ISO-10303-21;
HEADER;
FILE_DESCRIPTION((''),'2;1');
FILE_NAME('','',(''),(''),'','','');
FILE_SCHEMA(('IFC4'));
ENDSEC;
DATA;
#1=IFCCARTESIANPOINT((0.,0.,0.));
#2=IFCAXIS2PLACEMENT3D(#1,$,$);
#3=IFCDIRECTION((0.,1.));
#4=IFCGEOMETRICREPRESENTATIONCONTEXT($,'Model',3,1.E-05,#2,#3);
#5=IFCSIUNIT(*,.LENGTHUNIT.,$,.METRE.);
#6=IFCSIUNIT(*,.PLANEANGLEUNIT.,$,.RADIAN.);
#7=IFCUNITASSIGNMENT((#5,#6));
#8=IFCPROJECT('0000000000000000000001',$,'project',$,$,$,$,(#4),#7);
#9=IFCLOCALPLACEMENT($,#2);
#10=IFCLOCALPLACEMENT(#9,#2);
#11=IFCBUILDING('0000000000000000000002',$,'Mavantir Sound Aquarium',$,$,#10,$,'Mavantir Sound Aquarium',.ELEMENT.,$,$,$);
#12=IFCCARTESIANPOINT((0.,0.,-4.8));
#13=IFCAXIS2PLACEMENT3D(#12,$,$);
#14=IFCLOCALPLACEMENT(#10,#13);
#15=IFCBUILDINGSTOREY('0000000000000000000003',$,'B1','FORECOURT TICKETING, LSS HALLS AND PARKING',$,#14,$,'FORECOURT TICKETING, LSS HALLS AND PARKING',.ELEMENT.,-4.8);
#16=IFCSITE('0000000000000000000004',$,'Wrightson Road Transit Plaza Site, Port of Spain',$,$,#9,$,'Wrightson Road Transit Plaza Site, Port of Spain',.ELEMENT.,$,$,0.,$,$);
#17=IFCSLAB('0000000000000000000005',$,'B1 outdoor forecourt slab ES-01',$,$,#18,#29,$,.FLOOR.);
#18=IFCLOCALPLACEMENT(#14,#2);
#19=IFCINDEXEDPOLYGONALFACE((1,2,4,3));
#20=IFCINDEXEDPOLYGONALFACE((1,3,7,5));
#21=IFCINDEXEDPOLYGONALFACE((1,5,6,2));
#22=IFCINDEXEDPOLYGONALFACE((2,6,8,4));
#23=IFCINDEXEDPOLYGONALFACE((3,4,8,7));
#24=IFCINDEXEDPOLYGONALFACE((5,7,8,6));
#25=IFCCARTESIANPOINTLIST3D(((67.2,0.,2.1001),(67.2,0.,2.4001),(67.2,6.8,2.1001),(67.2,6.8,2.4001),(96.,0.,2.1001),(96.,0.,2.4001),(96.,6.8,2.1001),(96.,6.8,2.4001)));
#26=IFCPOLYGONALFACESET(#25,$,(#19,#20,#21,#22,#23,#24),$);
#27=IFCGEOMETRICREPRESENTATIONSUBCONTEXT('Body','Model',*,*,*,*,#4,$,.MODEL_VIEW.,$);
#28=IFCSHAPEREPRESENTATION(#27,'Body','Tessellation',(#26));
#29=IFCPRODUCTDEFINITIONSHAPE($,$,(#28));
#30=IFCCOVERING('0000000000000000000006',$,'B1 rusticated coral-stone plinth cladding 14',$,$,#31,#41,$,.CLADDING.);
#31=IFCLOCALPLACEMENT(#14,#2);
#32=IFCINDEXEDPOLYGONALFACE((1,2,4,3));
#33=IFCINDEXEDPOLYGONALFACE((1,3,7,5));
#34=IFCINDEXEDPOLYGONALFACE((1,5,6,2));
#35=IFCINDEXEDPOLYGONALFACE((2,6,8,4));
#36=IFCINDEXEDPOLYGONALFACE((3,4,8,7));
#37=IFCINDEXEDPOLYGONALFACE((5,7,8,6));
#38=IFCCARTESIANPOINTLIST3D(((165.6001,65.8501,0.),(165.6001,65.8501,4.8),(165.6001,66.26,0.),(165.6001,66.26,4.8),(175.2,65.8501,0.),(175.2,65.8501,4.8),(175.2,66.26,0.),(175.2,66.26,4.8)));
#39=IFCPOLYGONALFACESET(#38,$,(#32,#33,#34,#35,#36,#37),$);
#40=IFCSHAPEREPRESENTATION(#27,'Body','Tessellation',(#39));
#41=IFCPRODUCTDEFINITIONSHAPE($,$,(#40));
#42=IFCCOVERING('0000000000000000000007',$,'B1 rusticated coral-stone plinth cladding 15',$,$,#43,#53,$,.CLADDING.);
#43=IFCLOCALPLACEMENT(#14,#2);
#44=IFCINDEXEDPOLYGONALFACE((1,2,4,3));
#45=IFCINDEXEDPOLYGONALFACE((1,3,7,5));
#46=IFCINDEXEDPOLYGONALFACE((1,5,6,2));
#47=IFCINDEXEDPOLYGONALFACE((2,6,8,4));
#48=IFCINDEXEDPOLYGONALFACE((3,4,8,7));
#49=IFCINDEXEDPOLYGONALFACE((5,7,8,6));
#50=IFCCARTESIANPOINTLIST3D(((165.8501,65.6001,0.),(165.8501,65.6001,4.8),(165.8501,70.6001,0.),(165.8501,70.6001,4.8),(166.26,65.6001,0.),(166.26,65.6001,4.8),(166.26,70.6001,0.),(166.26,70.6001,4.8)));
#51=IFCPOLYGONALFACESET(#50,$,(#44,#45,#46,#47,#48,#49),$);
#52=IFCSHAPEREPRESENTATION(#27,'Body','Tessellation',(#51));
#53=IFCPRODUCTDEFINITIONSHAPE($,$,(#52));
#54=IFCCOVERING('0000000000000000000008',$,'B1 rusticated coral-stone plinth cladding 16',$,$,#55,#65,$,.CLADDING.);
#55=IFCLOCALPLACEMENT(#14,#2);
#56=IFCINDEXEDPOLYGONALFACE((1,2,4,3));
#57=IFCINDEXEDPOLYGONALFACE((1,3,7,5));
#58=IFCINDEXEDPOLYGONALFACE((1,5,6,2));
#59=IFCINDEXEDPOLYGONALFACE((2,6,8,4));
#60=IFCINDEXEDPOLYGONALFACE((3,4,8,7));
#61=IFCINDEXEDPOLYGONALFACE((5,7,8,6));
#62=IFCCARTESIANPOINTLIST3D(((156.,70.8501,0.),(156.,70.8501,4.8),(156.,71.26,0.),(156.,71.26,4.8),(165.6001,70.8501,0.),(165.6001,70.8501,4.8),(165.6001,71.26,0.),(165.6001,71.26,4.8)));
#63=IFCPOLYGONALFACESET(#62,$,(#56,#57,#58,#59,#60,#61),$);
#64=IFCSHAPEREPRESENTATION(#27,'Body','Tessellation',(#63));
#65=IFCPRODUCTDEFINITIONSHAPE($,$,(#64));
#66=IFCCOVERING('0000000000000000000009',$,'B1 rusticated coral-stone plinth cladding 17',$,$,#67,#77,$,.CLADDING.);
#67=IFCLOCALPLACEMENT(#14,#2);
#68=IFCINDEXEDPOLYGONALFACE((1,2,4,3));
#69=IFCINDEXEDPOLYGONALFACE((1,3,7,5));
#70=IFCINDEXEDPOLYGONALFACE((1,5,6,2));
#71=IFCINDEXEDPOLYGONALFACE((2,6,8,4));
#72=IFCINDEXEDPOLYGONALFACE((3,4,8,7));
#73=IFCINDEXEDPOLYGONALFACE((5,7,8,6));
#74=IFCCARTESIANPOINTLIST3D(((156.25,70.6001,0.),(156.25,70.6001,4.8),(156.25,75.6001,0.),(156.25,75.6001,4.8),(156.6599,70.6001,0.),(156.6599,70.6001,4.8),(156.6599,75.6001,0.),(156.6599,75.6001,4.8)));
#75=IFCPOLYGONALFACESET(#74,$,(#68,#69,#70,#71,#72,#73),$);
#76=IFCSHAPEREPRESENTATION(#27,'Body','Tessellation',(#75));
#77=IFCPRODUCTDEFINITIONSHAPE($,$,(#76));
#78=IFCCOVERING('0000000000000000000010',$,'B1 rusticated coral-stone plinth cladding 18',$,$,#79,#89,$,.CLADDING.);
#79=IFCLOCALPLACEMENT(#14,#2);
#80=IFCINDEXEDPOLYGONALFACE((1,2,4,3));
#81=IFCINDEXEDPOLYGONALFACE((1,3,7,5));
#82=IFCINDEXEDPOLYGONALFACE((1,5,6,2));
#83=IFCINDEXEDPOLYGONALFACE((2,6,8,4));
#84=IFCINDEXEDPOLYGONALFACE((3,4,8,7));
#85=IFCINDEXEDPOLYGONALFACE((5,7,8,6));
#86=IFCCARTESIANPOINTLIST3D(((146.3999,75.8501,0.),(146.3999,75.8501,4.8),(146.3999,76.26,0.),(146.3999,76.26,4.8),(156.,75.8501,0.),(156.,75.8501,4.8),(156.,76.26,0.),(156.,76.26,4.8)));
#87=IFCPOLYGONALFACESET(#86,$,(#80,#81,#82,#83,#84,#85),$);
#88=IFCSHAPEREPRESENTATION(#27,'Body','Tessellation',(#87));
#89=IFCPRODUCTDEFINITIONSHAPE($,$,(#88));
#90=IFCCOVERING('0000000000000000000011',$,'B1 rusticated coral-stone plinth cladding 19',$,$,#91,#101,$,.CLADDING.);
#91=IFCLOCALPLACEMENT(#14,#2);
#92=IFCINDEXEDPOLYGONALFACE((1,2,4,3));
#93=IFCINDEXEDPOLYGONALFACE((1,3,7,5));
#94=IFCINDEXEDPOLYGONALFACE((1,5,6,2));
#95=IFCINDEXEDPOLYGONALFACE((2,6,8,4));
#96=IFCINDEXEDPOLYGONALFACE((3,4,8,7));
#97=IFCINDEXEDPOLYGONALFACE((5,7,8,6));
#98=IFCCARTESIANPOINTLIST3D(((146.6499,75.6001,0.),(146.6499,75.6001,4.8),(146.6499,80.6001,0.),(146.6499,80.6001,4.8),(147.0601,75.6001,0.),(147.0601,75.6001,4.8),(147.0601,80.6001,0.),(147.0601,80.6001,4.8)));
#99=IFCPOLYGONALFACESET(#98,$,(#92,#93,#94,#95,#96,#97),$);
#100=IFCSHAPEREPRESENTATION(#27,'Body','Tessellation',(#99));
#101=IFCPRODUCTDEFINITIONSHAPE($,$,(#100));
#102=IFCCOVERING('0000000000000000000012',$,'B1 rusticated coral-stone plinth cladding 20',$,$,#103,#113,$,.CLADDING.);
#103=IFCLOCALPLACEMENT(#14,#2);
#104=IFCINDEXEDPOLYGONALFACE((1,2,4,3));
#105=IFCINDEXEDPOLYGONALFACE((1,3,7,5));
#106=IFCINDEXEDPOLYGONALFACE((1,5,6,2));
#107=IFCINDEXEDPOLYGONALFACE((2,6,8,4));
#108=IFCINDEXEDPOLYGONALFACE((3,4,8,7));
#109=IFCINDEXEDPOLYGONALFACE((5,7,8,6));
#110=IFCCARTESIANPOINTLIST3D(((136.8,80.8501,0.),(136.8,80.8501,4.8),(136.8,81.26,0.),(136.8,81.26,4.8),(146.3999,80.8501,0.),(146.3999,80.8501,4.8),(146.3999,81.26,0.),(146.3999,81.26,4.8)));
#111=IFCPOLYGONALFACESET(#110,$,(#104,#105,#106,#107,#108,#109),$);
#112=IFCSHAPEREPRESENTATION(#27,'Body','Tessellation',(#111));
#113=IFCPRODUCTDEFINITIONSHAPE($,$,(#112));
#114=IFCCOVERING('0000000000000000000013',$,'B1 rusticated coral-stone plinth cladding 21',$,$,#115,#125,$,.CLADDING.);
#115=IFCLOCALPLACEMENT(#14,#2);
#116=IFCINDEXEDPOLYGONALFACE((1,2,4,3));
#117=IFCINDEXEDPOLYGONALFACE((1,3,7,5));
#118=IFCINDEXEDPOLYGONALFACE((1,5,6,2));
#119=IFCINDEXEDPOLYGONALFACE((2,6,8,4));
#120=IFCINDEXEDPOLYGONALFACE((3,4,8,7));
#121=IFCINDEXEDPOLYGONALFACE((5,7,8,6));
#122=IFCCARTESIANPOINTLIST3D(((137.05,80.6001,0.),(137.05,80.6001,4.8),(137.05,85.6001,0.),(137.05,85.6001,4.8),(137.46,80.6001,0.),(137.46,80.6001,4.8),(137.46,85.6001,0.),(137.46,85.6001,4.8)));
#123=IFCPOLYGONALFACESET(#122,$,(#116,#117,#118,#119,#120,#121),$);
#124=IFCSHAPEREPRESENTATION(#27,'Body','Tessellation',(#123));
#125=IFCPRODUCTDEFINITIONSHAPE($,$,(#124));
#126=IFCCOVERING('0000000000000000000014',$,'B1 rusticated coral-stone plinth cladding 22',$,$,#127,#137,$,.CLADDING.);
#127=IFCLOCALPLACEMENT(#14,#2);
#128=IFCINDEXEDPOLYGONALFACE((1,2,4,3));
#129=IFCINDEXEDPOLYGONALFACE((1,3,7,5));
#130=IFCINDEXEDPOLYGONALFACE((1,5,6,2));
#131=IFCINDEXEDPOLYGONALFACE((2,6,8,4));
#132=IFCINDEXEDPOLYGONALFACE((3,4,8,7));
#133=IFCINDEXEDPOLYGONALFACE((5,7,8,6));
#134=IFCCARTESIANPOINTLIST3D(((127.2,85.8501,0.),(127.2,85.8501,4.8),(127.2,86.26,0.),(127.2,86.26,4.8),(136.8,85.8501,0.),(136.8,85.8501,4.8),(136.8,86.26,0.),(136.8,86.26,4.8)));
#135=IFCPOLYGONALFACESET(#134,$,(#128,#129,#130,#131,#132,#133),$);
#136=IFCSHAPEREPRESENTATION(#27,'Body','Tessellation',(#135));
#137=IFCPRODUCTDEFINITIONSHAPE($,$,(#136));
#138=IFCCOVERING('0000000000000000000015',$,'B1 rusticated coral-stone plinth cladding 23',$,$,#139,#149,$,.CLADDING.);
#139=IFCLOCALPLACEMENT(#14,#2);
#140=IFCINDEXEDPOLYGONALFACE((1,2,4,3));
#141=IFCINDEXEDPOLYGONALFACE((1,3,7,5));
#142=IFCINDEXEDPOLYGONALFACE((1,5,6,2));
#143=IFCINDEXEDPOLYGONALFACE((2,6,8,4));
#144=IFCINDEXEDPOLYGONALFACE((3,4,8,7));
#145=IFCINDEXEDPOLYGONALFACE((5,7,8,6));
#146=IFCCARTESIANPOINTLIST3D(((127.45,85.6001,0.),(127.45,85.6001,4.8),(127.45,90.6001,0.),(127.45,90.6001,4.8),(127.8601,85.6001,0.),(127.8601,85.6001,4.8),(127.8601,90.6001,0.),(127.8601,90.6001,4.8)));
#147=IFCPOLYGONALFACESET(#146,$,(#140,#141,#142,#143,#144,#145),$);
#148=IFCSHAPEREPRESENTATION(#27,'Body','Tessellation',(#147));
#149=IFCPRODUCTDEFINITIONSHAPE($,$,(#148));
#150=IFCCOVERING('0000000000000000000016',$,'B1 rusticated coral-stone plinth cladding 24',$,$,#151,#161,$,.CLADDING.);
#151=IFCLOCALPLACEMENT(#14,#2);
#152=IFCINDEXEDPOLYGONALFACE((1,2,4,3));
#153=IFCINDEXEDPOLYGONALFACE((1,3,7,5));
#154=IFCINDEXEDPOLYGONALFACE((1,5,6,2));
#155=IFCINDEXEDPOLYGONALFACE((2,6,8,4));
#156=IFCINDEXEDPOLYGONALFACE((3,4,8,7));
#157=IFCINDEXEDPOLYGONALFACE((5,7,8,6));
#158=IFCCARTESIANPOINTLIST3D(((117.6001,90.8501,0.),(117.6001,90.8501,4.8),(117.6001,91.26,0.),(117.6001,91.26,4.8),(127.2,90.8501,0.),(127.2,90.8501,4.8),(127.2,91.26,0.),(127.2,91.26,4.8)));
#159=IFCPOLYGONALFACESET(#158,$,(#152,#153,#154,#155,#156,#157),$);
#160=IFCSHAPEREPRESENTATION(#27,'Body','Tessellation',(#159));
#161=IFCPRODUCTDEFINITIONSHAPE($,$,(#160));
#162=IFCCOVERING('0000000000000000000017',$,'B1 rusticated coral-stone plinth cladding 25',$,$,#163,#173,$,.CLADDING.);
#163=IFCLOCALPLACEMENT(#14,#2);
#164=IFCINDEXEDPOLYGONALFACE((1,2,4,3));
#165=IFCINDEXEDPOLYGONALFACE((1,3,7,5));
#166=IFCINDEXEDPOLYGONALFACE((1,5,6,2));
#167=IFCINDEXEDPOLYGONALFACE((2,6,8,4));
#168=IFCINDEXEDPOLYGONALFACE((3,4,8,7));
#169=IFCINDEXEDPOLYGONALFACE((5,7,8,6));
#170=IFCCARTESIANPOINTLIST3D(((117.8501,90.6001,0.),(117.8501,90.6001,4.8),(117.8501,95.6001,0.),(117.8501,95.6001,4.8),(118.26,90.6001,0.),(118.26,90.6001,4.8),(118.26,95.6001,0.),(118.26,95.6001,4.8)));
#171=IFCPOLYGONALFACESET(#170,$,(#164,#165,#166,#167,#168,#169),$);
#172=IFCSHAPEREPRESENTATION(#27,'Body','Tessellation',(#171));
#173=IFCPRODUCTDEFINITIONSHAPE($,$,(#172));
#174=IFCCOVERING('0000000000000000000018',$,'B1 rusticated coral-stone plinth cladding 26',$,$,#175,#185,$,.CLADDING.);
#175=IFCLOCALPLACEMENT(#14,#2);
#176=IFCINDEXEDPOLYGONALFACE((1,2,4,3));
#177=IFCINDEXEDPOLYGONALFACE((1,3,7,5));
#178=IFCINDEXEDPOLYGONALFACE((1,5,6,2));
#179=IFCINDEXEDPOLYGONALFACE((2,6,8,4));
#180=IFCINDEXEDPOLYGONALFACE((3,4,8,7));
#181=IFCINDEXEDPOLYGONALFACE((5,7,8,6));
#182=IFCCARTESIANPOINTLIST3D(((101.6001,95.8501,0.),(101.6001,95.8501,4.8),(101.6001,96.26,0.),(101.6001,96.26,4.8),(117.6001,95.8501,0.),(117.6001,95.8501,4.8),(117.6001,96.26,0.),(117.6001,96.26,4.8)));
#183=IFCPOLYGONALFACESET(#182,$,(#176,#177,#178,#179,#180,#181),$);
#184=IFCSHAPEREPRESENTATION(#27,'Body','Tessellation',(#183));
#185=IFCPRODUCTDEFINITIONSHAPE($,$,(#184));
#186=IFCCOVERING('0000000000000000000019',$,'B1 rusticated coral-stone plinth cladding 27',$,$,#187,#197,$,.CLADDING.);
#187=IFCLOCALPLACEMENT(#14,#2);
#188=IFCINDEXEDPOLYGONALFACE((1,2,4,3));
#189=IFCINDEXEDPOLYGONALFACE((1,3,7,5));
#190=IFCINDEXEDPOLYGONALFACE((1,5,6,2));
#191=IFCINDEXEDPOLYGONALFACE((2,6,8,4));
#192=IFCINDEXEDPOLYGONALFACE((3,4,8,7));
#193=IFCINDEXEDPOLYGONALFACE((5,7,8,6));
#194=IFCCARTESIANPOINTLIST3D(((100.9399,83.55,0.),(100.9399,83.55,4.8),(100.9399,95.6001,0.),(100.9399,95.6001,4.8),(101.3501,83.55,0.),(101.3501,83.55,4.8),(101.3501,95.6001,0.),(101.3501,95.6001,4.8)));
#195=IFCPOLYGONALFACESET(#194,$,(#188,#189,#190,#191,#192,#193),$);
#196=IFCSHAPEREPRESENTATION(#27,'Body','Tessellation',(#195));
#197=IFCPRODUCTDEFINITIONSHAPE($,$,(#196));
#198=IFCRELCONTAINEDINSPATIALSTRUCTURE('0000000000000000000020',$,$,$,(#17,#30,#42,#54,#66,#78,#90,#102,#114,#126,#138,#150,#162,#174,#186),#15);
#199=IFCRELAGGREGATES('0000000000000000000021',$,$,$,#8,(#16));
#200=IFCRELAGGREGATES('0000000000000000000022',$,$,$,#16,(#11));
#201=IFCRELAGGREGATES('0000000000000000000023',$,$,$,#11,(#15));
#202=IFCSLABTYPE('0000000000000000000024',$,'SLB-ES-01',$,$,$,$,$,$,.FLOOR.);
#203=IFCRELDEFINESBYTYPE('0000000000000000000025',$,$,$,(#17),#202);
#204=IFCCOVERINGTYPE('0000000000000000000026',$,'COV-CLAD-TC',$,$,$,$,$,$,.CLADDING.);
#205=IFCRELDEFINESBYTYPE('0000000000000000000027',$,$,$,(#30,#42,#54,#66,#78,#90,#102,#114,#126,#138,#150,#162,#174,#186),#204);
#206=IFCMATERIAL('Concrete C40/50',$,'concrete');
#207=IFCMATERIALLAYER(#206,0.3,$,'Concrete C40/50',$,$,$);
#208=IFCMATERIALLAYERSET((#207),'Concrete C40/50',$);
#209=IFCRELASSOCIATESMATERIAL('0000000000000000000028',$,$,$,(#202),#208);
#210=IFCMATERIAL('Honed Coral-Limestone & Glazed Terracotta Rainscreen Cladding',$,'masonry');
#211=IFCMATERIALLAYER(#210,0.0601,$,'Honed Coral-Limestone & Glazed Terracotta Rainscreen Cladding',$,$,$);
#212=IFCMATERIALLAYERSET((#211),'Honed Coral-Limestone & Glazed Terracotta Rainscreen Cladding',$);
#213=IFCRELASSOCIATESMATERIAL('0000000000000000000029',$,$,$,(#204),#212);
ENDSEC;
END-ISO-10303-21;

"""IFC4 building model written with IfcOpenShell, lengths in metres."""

from ifc_helpers import new_model, si_unit, direction, frame, origin, place, context, subcontext, project, spatial, polyline, outline, extrude, material, layer, layer_set, type_object, element, save


model = new_model("IFC4")

# Units and contexts
model_context = context("Model", 3, precision=1e-05, world=origin(), true_north=direction((0.0, 1.0)))
body_context = subcontext(model_context, "Body", "Model", "MODEL_VIEW")
ifc_project = project(units=[si_unit("LENGTHUNIT", "METRE"), si_unit("PLANEANGLEUNIT", "RADIAN")], contexts=[model_context])

# Site, building, storey
site_placement = place(None, origin())
site = spatial("IfcSite", under=ifc_project, at=site_placement, Name="Wrightson Road Transit Plaza Site, Port of Spain", LongName="Wrightson Road Transit Plaza Site, Port of Spain", CompositionType="ELEMENT", RefElevation=0.0)
building_placement = place(site_placement, origin())
building = spatial("IfcBuilding", under=site, at=building_placement, Name="Mavantir Sound Aquarium", LongName="Mavantir Sound Aquarium", CompositionType="ELEMENT")
storey_placement = place(building_placement, frame((0.0, 0.0, -4.8)))
storey = spatial("IfcBuildingStorey", under=building, at=storey_placement, Name="B1", Description="FORECOURT TICKETING, LSS HALLS AND PARKING", LongName="FORECOURT TICKETING, LSS HALLS AND PARKING", CompositionType="ELEMENT", Elevation=-4.8)

# Slab
ifc_material_1 = material(Name="Concrete C40/50", Category="concrete")
ifc_layer_1 = layer(ifc_material_1, 0.3, Name="Concrete C40/50")
ifc_layer_set_1 = layer_set([ifc_layer_1], Name="Concrete C40/50")
slab_type = type_object("IfcSlabType", Name="SLB-ES-01", PredefinedType="FLOOR", material=ifc_layer_set_1)
slab_placement = place(storey_placement, frame((0.0, 0.0, 2.1001)))
element("IfcSlab", 1, at=slab_placement, inside=storey, type_object=slab_type, Name="B1 outdoor forecourt slab ES-01", PredefinedType="FLOOR", context=body_context, shape_type="SweptSolid", body=[
    extrude(outline(polyline([(67.2, 0.0), (96.0, 0.0), (96.0, 6.8), (67.2, 6.8), (67.2, 0.0)])), origin(), (0.0, 0.0, 1.0), 0.3),
])

# Coverings
ifc_material_2 = material(Name="Honed Coral-Limestone & Glazed Terracotta Rainscreen Cladding", Category="masonry")
ifc_layer_2 = layer(ifc_material_2, 0.0601, Name="Honed Coral-Limestone & Glazed Terracotta Rainscreen Cladding")
ifc_layer_set_2 = layer_set([ifc_layer_2], Name="Honed Coral-Limestone & Glazed Terracotta Rainscreen Cladding")
covering_type = type_object("IfcCoveringType", Name="COV-CLAD-TC", PredefinedType="CLADDING", material=ifc_layer_set_2)
covering_1_placement = place(storey_placement, origin())
element("IfcCovering", 2, at=covering_1_placement, inside=storey, type_object=covering_type, Name="B1 rusticated coral-stone plinth cladding 14", PredefinedType="CLADDING", context=body_context, shape_type="SweptSolid", body=[
    extrude(outline(polyline([(175.2, 65.8501), (165.6001, 65.8501), (165.6001, 66.26), (175.2, 66.26), (175.2, 65.8501)])), origin(), (0.0, 0.0, 1.0), 4.8),
])
covering_2_placement = place(storey_placement, origin())
element("IfcCovering", 3, at=covering_2_placement, inside=storey, type_object=covering_type, Name="B1 rusticated coral-stone plinth cladding 15", PredefinedType="CLADDING", context=body_context, shape_type="SweptSolid", body=[
    extrude(outline(polyline([(165.8501, 65.6001), (165.8501, 70.6001), (166.26, 70.6001), (166.26, 65.6001), (165.8501, 65.6001)])), origin(), (0.0, 0.0, 1.0), 4.8),
])
covering_3_placement = place(storey_placement, origin())
element("IfcCovering", 4, at=covering_3_placement, inside=storey, type_object=covering_type, Name="B1 rusticated coral-stone plinth cladding 16", PredefinedType="CLADDING", context=body_context, shape_type="SweptSolid", body=[
    extrude(outline(polyline([(165.6001, 70.8501), (156.0, 70.8501), (156.0, 71.26), (165.6001, 71.26), (165.6001, 70.8501)])), origin(), (0.0, 0.0, 1.0), 4.8),
])
covering_4_placement = place(storey_placement, origin())
element("IfcCovering", 5, at=covering_4_placement, inside=storey, type_object=covering_type, Name="B1 rusticated coral-stone plinth cladding 17", PredefinedType="CLADDING", context=body_context, shape_type="SweptSolid", body=[
    extrude(outline(polyline([(156.25, 70.6001), (156.25, 75.6001), (156.6599, 75.6001), (156.6599, 70.6001), (156.25, 70.6001)])), origin(), (0.0, 0.0, 1.0), 4.8),
])
covering_5_placement = place(storey_placement, origin())
element("IfcCovering", 6, at=covering_5_placement, inside=storey, type_object=covering_type, Name="B1 rusticated coral-stone plinth cladding 18", PredefinedType="CLADDING", context=body_context, shape_type="SweptSolid", body=[
    extrude(outline(polyline([(156.0, 75.8501), (146.3999, 75.8501), (146.3999, 76.26), (156.0, 76.26), (156.0, 75.8501)])), origin(), (0.0, 0.0, 1.0), 4.8),
])
covering_6_placement = place(storey_placement, origin())
element("IfcCovering", 7, at=covering_6_placement, inside=storey, type_object=covering_type, Name="B1 rusticated coral-stone plinth cladding 19", PredefinedType="CLADDING", context=body_context, shape_type="SweptSolid", body=[
    extrude(outline(polyline([(146.6499, 75.6001), (146.6499, 80.6001), (147.0601, 80.6001), (147.0601, 75.6001), (146.6499, 75.6001)])), origin(), (0.0, 0.0, 1.0), 4.8),
])
covering_7_placement = place(storey_placement, origin())
element("IfcCovering", 8, at=covering_7_placement, inside=storey, type_object=covering_type, Name="B1 rusticated coral-stone plinth cladding 20", PredefinedType="CLADDING", context=body_context, shape_type="SweptSolid", body=[
    extrude(outline(polyline([(146.3999, 80.8501), (136.8, 80.8501), (136.8, 81.26), (146.3999, 81.26), (146.3999, 80.8501)])), origin(), (0.0, 0.0, 1.0), 4.8),
])
covering_8_placement = place(storey_placement, origin())
element("IfcCovering", 9, at=covering_8_placement, inside=storey, type_object=covering_type, Name="B1 rusticated coral-stone plinth cladding 21", PredefinedType="CLADDING", context=body_context, shape_type="SweptSolid", body=[
    extrude(outline(polyline([(137.05, 80.6001), (137.05, 85.6001), (137.46, 85.6001), (137.46, 80.6001), (137.05, 80.6001)])), origin(), (0.0, 0.0, 1.0), 4.8),
])
covering_9_placement = place(storey_placement, origin())
element("IfcCovering", 10, at=covering_9_placement, inside=storey, type_object=covering_type, Name="B1 rusticated coral-stone plinth cladding 22", PredefinedType="CLADDING", context=body_context, shape_type="SweptSolid", body=[
    extrude(outline(polyline([(136.8, 85.8501), (127.2, 85.8501), (127.2, 86.26), (136.8, 86.26), (136.8, 85.8501)])), origin(), (0.0, 0.0, 1.0), 4.8),
])
covering_10_placement = place(storey_placement, origin())
element("IfcCovering", 11, at=covering_10_placement, inside=storey, type_object=covering_type, Name="B1 rusticated coral-stone plinth cladding 23", PredefinedType="CLADDING", context=body_context, shape_type="SweptSolid", body=[
    extrude(outline(polyline([(127.45, 85.6001), (127.45, 90.6001), (127.8601, 90.6001), (127.8601, 85.6001), (127.45, 85.6001)])), origin(), (0.0, 0.0, 1.0), 4.8),
])
covering_11_placement = place(storey_placement, origin())
element("IfcCovering", 12, at=covering_11_placement, inside=storey, type_object=covering_type, Name="B1 rusticated coral-stone plinth cladding 24", PredefinedType="CLADDING", context=body_context, shape_type="SweptSolid", body=[
    extrude(outline(polyline([(127.2, 90.8501), (117.6001, 90.8501), (117.6001, 91.26), (127.2, 91.26), (127.2, 90.8501)])), origin(), (0.0, 0.0, 1.0), 4.8),
])
covering_12_placement = place(storey_placement, origin())
element("IfcCovering", 13, at=covering_12_placement, inside=storey, type_object=covering_type, Name="B1 rusticated coral-stone plinth cladding 25", PredefinedType="CLADDING", context=body_context, shape_type="SweptSolid", body=[
    extrude(outline(polyline([(117.8501, 90.6001), (117.8501, 95.6001), (118.26, 95.6001), (118.26, 90.6001), (117.8501, 90.6001)])), origin(), (0.0, 0.0, 1.0), 4.8),
])
covering_13_placement = place(storey_placement, origin())
element("IfcCovering", 14, at=covering_13_placement, inside=storey, type_object=covering_type, Name="B1 rusticated coral-stone plinth cladding 26", PredefinedType="CLADDING", context=body_context, shape_type="SweptSolid", body=[
    extrude(outline(polyline([(117.6001, 95.8501), (101.6001, 95.8501), (101.6001, 96.26), (117.6001, 96.26), (117.6001, 95.8501)])), origin(), (0.0, 0.0, 1.0), 4.8),
])
covering_14_placement = place(storey_placement, origin())
element("IfcCovering", 15, at=covering_14_placement, inside=storey, type_object=covering_type, Name="B1 rusticated coral-stone plinth cladding 27", PredefinedType="CLADDING", context=body_context, shape_type="SweptSolid", body=[
    extrude(outline(polyline([(101.3501, 95.6001), (101.3501, 83.55), (100.9399, 83.55), (100.9399, 95.6001), (101.3501, 95.6001)])), origin(), (0.0, 0.0, 1.0), 4.8),
])

save(model, "model.ifc")
